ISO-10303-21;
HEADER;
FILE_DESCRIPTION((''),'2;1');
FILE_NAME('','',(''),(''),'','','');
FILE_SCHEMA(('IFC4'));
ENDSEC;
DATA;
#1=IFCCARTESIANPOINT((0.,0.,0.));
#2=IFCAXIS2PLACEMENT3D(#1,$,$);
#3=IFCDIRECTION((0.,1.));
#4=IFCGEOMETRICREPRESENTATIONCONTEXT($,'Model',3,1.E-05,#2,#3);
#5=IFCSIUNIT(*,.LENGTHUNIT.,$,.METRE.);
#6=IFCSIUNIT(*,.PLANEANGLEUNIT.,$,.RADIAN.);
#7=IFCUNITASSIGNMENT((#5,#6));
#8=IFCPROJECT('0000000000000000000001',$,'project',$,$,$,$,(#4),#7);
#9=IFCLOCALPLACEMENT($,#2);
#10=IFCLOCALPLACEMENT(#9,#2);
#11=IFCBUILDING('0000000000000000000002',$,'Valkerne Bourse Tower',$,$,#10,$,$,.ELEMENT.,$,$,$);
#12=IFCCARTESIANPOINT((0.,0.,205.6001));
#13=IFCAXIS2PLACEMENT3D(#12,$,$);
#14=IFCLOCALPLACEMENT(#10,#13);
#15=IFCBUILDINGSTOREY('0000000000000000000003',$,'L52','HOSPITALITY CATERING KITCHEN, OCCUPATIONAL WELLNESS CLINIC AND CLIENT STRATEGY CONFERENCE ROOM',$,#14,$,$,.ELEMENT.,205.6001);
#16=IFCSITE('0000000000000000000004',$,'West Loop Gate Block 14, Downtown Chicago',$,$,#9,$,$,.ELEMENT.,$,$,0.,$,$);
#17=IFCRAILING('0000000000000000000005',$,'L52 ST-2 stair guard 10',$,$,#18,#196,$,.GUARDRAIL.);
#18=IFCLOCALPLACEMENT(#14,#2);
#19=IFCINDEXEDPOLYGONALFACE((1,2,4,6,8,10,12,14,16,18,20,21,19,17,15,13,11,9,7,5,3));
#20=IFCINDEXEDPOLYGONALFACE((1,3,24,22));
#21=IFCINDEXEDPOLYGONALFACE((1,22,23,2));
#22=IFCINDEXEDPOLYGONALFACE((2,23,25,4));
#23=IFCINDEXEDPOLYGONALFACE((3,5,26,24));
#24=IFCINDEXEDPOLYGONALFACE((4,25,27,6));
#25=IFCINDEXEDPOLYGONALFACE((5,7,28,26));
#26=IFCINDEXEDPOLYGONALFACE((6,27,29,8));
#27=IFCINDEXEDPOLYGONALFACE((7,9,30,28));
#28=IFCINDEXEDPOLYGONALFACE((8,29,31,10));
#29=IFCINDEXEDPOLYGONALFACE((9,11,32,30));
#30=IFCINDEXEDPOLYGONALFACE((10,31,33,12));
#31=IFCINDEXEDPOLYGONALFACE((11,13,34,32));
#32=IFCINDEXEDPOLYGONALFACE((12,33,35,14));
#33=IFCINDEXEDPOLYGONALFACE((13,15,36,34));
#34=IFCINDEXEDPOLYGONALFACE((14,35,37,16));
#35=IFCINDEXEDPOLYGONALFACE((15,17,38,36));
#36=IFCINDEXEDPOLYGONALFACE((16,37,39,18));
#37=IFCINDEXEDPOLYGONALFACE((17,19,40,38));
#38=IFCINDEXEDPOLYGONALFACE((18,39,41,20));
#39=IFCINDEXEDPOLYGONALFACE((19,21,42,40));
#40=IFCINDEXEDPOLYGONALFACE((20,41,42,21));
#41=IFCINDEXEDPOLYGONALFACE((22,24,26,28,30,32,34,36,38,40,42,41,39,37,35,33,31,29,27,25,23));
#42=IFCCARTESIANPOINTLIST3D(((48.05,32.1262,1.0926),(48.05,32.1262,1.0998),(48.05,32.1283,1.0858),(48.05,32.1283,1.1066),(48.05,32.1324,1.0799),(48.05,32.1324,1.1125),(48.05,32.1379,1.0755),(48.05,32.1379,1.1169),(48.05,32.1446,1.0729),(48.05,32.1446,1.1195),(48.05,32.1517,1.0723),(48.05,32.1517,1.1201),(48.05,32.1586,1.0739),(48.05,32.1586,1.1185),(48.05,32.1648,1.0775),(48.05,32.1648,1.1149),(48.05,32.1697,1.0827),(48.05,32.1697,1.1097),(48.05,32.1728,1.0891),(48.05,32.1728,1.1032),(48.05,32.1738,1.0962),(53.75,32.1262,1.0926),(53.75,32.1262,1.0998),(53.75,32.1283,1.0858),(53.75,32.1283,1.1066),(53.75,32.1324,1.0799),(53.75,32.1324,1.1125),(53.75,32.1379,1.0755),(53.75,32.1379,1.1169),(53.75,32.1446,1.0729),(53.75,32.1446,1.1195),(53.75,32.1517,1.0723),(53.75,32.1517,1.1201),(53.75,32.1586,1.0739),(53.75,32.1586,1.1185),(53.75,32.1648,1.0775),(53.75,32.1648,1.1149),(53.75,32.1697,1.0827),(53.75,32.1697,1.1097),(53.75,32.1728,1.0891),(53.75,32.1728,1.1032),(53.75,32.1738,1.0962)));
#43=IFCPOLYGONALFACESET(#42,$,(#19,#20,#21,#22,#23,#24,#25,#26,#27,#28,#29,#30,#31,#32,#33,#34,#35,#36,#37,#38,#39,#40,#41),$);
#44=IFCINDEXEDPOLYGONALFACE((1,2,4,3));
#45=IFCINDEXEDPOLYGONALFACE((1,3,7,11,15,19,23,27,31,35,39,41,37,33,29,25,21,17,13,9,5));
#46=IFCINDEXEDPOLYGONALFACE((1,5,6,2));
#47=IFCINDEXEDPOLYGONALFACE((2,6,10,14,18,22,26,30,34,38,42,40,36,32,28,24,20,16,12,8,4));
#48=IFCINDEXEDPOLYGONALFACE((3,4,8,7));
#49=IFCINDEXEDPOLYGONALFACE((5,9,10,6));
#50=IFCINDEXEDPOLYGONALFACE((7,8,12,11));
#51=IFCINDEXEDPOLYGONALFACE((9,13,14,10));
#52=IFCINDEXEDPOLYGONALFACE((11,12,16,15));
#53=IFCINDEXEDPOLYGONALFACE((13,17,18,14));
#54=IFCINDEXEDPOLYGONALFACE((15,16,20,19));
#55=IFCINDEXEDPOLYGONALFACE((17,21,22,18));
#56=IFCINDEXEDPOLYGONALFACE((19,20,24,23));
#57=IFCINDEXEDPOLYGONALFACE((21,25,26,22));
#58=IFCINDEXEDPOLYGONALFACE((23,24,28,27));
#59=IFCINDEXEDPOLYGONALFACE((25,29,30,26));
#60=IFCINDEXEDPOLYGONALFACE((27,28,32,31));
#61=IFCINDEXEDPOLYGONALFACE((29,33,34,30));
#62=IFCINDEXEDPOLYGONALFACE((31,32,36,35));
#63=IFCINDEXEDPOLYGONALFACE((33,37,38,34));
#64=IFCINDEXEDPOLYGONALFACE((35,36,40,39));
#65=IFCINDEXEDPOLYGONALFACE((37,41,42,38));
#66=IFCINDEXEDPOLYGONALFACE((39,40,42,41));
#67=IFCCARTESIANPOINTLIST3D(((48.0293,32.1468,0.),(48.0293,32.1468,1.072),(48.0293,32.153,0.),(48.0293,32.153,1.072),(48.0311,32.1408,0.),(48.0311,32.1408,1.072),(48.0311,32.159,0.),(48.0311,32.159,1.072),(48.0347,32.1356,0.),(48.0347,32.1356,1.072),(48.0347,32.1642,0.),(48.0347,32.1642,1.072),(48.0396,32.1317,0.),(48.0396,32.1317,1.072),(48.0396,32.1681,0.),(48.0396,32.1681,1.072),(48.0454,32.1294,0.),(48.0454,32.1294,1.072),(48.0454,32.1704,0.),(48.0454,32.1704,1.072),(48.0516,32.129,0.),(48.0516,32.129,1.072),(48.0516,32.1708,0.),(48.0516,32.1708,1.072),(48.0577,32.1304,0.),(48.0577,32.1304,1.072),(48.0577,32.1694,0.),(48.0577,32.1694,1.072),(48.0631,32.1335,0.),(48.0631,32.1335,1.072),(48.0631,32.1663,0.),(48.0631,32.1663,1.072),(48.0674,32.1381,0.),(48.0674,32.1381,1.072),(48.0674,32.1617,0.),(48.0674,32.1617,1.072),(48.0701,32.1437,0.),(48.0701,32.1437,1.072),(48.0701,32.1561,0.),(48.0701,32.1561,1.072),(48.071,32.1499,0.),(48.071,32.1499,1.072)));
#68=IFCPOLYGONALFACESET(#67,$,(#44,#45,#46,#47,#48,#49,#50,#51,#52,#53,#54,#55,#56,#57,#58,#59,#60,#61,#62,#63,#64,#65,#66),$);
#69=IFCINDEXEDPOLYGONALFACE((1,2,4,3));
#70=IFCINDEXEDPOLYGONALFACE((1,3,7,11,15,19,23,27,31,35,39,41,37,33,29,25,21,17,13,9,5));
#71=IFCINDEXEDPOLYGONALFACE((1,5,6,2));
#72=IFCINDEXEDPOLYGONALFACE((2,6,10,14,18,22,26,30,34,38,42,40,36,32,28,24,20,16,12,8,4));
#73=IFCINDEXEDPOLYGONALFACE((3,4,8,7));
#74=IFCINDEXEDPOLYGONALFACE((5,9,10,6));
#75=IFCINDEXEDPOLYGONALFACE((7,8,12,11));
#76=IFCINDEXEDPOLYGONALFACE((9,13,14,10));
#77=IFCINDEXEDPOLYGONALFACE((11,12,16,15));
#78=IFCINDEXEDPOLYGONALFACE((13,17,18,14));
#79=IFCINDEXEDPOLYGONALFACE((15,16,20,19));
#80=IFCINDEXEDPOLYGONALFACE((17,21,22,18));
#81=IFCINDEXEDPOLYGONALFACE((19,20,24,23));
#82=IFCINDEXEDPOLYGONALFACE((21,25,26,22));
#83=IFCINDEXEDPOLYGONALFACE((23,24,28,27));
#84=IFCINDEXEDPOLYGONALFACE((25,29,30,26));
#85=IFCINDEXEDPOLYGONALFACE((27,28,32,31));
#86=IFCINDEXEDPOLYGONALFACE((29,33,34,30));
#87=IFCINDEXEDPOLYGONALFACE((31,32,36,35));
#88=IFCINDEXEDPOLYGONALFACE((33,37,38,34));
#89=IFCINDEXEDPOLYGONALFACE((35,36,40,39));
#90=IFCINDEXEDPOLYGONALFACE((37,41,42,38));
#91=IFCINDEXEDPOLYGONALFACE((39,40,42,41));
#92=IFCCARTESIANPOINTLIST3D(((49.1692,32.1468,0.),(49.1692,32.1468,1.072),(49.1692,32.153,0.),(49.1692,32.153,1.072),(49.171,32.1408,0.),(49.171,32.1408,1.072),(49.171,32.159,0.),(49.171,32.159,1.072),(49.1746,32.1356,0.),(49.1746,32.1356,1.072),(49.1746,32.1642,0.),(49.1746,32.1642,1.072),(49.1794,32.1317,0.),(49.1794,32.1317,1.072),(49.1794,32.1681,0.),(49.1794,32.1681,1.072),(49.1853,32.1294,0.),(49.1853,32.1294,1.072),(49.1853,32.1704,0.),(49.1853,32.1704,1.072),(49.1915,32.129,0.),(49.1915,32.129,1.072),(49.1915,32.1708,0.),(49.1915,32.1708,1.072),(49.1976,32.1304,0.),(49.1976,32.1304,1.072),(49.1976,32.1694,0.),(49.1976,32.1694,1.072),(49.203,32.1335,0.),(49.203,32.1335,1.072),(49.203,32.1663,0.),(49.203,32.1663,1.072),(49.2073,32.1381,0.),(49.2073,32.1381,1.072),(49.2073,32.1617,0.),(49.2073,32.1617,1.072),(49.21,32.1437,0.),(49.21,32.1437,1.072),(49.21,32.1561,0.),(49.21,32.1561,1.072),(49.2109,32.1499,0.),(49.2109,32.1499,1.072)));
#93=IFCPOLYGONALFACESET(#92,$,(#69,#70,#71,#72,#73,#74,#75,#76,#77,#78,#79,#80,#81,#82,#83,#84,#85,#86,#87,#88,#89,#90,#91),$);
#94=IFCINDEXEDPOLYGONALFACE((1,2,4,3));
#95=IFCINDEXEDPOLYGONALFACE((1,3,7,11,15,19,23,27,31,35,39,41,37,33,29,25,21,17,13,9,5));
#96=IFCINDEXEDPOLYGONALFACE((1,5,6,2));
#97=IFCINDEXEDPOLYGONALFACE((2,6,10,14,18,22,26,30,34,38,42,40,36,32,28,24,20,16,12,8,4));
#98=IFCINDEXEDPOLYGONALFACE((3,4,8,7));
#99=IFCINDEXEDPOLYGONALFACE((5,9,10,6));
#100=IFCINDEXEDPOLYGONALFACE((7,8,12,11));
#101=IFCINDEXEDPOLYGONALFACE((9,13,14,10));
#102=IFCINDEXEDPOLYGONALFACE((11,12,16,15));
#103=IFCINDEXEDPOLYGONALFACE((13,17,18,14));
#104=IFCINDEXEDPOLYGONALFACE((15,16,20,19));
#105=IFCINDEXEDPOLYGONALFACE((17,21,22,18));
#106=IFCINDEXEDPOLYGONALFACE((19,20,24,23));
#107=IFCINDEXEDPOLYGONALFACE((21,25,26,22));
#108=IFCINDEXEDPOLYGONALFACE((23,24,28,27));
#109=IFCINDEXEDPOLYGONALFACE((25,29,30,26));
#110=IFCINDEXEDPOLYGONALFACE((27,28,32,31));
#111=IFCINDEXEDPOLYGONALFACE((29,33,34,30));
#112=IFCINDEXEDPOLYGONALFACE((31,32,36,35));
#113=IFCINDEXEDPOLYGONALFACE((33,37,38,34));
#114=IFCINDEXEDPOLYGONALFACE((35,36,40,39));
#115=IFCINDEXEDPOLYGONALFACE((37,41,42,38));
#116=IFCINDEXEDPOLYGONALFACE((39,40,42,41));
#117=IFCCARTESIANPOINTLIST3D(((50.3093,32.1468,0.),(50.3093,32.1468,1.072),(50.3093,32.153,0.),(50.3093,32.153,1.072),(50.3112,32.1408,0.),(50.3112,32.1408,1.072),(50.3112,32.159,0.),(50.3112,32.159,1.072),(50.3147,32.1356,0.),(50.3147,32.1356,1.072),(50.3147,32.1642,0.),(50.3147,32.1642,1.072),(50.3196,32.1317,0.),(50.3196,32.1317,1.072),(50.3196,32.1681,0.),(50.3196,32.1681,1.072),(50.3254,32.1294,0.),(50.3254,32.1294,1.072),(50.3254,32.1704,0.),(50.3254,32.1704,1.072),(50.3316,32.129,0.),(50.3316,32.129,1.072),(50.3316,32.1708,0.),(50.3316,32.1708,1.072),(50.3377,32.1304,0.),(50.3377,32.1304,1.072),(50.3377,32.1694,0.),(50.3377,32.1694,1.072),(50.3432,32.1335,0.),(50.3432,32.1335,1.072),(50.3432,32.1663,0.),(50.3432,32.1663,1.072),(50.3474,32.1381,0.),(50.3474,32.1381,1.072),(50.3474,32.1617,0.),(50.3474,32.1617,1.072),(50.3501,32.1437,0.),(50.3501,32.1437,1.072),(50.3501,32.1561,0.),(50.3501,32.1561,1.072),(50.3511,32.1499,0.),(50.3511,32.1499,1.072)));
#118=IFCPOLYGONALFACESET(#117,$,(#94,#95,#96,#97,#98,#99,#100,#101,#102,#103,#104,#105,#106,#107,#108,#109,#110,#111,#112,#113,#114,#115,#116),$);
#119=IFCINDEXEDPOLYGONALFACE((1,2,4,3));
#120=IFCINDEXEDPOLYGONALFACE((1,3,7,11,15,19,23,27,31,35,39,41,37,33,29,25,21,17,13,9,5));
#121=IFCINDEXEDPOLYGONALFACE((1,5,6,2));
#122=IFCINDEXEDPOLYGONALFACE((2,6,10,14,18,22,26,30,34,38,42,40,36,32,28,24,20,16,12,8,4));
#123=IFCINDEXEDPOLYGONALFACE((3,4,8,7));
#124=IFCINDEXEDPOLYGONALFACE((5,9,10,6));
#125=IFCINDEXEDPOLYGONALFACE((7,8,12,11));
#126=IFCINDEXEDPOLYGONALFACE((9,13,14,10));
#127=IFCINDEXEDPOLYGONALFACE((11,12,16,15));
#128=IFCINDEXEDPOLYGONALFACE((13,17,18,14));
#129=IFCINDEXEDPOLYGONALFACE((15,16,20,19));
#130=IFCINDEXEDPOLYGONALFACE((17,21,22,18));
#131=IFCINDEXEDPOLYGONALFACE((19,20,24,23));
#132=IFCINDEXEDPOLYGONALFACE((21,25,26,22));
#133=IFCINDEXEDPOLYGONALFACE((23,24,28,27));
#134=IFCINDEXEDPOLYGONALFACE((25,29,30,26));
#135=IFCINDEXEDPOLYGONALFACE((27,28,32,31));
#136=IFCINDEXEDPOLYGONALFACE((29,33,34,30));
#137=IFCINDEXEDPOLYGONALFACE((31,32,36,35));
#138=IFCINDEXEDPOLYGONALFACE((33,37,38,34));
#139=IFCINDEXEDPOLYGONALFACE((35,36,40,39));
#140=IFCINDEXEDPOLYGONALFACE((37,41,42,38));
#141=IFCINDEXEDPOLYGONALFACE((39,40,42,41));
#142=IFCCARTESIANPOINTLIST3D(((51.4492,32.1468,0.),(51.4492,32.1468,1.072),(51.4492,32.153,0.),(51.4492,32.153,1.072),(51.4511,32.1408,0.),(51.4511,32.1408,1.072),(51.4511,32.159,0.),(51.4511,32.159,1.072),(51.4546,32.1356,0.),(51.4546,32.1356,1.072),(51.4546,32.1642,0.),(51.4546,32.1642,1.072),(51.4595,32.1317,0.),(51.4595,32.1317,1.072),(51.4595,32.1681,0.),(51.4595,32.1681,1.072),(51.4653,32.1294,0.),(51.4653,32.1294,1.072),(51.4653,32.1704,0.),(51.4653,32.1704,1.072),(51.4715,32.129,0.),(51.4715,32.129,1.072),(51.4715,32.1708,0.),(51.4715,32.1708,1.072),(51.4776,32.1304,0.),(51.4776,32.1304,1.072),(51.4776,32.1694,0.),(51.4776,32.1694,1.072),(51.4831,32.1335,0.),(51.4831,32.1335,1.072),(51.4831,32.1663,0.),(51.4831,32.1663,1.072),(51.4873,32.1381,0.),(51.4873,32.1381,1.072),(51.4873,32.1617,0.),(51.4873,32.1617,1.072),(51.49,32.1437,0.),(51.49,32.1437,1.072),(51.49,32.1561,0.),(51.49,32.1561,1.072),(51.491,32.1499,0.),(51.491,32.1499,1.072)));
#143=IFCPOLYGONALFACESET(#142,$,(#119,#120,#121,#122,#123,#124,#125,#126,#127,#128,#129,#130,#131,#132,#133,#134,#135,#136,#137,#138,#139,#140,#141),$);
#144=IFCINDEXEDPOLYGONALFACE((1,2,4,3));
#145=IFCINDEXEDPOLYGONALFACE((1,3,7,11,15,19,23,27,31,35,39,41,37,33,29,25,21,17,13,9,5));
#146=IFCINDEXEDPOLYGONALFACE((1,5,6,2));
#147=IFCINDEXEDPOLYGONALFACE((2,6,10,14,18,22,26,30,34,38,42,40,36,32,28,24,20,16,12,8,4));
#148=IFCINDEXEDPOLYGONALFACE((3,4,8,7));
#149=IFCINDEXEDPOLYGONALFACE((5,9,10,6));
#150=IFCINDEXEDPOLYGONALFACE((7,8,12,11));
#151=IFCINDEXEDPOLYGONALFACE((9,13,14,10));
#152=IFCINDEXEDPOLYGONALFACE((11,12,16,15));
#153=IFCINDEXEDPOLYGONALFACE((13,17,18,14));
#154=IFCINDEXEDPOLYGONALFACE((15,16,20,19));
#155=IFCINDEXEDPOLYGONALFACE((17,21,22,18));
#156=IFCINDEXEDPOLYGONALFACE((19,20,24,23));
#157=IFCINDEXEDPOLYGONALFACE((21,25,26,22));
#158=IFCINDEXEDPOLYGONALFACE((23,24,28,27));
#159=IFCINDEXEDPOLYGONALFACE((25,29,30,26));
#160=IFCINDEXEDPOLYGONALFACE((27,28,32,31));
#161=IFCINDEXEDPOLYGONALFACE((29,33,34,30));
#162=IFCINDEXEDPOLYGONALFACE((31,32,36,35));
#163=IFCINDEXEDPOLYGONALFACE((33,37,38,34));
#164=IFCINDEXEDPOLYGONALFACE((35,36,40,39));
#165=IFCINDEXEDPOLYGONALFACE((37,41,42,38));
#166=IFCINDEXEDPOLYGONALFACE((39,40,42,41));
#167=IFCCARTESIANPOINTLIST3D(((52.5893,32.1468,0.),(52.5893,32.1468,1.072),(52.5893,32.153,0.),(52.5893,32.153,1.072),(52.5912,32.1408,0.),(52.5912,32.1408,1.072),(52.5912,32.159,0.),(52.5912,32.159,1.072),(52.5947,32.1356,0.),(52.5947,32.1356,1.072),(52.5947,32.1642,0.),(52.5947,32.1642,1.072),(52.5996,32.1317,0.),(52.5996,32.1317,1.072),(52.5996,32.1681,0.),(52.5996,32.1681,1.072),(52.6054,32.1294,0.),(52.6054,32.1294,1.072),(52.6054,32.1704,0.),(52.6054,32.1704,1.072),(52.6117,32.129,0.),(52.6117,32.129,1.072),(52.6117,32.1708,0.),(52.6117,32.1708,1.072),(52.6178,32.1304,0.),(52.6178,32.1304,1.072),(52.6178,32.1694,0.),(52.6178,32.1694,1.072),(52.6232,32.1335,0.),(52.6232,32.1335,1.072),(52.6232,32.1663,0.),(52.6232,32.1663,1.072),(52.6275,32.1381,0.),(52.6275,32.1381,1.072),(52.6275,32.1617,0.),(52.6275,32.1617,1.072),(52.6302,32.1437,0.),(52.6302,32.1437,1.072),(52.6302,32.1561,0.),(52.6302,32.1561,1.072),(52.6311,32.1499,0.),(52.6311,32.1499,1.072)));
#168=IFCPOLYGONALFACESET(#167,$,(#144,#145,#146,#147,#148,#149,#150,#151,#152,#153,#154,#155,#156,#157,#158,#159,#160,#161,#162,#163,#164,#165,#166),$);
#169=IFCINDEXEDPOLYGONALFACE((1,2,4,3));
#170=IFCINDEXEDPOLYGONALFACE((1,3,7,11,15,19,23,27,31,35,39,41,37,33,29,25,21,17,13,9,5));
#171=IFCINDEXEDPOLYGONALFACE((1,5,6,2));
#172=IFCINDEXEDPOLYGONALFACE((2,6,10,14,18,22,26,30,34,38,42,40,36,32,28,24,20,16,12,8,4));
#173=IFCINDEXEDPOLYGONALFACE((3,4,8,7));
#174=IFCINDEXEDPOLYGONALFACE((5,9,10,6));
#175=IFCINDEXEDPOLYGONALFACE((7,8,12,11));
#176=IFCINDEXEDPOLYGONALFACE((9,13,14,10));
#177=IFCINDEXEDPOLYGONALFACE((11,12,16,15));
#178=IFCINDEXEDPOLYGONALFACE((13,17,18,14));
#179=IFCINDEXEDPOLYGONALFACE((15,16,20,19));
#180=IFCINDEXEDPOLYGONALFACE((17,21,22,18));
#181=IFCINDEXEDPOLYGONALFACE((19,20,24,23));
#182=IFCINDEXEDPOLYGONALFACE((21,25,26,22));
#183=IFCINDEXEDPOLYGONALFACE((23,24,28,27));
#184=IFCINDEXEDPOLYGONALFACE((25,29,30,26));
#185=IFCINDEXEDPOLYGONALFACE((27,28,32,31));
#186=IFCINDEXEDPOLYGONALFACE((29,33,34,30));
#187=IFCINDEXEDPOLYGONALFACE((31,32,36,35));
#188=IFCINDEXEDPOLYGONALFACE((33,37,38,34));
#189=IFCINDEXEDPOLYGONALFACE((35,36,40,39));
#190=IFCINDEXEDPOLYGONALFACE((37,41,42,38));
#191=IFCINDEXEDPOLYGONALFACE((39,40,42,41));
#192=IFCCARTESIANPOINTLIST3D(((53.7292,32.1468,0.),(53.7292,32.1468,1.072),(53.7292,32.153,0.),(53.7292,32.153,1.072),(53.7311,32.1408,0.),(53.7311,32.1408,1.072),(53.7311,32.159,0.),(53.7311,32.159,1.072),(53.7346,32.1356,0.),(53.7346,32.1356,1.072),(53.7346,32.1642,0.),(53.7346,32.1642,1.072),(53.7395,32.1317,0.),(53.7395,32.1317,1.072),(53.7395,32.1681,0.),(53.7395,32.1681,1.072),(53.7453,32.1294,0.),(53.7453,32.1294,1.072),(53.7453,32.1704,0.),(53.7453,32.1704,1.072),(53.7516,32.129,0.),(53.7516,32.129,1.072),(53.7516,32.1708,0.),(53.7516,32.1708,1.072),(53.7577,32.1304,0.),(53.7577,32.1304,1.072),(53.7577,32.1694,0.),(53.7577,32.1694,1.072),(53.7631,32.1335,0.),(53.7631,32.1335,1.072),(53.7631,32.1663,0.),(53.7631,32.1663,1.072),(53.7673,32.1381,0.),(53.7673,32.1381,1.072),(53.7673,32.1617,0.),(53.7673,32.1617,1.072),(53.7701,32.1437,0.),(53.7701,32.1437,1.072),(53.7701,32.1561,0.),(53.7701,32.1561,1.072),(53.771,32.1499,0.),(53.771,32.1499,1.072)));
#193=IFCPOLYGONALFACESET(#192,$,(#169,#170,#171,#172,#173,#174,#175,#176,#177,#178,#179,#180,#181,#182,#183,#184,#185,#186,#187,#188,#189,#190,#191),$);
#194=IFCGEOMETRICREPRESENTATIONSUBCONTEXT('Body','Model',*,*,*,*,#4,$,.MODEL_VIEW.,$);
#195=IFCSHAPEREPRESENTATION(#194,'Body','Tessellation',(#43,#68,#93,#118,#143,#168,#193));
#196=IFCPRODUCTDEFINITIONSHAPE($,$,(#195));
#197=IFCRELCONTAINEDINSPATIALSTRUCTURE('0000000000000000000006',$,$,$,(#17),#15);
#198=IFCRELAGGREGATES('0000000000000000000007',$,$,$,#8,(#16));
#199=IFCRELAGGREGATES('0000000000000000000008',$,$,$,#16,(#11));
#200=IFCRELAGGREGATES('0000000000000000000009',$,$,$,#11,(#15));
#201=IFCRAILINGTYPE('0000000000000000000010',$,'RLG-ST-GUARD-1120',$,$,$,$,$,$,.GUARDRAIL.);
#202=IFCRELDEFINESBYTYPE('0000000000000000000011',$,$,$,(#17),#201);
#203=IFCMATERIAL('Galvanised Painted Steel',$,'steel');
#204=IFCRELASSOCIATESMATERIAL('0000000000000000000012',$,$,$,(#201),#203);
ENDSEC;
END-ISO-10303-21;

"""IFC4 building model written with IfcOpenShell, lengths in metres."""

from ifc_helpers import new_model, si_unit, direction, frame, origin, origin_2d, place, context, subcontext, project, spatial, circle, extrude, material, type_object, element, save


model = new_model("IFC4")

# Units and contexts
model_context = context("Model", 3, precision=1e-05, world=origin(), true_north=direction((0.0, 1.0)))
body_context = subcontext(model_context, "Body", "Model", "MODEL_VIEW")
ifc_project = project(units=[si_unit("LENGTHUNIT", "METRE"), si_unit("PLANEANGLEUNIT", "RADIAN")], contexts=[model_context])

# Site, building, storey
site_placement = place(None, origin())
site = spatial("IfcSite", under=ifc_project, at=site_placement, Name="West Loop Gate Block 14, Downtown Chicago", CompositionType="ELEMENT", RefElevation=0.0)
building_placement = place(site_placement, origin())
building = spatial("IfcBuilding", under=site, at=building_placement, Name="Valkerne Bourse Tower", CompositionType="ELEMENT")
storey_placement = place(building_placement, frame((0.0, 0.0, 205.6001)))
storey = spatial("IfcBuildingStorey", under=building, at=storey_placement, Name="L52", Description="HOSPITALITY CATERING KITCHEN, OCCUPATIONAL WELLNESS CLINIC AND CLIENT STRATEGY CONFERENCE ROOM", CompositionType="ELEMENT", Elevation=205.6001)

# Shared definitions
ifc_material_1 = material(Name="Galvanised Painted Steel", Category="steel")

# Railing
railing_type_1 = type_object("IfcRailingType", Name="RLG-ST-GUARD-1120", PredefinedType="GUARDRAIL", material=ifc_material_1)
for number, where, name in (
    (1, (48.05, 32.1499, 0.0), "L52 ST-2 stair guard 10"),
):
    element("IfcRailing", number, at=place(storey_placement, frame(where)), inside=storey, type_object=railing_type_1, Name=name, PredefinedType="GUARDRAIL", context=body_context, shape_type="SweptSolid", body=[
        extrude(circle(Radius=0.0239, at=origin_2d()), frame((0.0, 0.0, 1.0962), z_axis=(1.0, 0.0, 0.0), x_axis=(0.0, 1.0, 0.0)), (0.0, 0.0, 1.0), 5.7),
        extrude(circle(Radius=0.021, at=origin_2d()), origin(), (0.0, 0.0, 1.0), 1.072),
        extrude(circle(Radius=0.021, at=origin_2d()), frame((1.1399, 0.0, 0.0)), (0.0, 0.0, 1.0), 1.072),
        extrude(circle(Radius=0.021, at=origin_2d()), frame((2.28, 0.0, 0.0)), (0.0, 0.0, 1.0), 1.072),
        extrude(circle(Radius=0.021, at=origin_2d()), frame((3.4199, 0.0, 0.0)), (0.0, 0.0, 1.0), 1.072),
        extrude(circle(Radius=0.021, at=origin_2d()), frame((4.5601, 0.0, 0.0)), (0.0, 0.0, 1.0), 1.072),
        extrude(circle(Radius=0.021, at=origin_2d()), frame((5.7, 0.0, 0.0)), (0.0, 0.0, 1.0), 1.072),
    ])

save(model, "model.ifc")
